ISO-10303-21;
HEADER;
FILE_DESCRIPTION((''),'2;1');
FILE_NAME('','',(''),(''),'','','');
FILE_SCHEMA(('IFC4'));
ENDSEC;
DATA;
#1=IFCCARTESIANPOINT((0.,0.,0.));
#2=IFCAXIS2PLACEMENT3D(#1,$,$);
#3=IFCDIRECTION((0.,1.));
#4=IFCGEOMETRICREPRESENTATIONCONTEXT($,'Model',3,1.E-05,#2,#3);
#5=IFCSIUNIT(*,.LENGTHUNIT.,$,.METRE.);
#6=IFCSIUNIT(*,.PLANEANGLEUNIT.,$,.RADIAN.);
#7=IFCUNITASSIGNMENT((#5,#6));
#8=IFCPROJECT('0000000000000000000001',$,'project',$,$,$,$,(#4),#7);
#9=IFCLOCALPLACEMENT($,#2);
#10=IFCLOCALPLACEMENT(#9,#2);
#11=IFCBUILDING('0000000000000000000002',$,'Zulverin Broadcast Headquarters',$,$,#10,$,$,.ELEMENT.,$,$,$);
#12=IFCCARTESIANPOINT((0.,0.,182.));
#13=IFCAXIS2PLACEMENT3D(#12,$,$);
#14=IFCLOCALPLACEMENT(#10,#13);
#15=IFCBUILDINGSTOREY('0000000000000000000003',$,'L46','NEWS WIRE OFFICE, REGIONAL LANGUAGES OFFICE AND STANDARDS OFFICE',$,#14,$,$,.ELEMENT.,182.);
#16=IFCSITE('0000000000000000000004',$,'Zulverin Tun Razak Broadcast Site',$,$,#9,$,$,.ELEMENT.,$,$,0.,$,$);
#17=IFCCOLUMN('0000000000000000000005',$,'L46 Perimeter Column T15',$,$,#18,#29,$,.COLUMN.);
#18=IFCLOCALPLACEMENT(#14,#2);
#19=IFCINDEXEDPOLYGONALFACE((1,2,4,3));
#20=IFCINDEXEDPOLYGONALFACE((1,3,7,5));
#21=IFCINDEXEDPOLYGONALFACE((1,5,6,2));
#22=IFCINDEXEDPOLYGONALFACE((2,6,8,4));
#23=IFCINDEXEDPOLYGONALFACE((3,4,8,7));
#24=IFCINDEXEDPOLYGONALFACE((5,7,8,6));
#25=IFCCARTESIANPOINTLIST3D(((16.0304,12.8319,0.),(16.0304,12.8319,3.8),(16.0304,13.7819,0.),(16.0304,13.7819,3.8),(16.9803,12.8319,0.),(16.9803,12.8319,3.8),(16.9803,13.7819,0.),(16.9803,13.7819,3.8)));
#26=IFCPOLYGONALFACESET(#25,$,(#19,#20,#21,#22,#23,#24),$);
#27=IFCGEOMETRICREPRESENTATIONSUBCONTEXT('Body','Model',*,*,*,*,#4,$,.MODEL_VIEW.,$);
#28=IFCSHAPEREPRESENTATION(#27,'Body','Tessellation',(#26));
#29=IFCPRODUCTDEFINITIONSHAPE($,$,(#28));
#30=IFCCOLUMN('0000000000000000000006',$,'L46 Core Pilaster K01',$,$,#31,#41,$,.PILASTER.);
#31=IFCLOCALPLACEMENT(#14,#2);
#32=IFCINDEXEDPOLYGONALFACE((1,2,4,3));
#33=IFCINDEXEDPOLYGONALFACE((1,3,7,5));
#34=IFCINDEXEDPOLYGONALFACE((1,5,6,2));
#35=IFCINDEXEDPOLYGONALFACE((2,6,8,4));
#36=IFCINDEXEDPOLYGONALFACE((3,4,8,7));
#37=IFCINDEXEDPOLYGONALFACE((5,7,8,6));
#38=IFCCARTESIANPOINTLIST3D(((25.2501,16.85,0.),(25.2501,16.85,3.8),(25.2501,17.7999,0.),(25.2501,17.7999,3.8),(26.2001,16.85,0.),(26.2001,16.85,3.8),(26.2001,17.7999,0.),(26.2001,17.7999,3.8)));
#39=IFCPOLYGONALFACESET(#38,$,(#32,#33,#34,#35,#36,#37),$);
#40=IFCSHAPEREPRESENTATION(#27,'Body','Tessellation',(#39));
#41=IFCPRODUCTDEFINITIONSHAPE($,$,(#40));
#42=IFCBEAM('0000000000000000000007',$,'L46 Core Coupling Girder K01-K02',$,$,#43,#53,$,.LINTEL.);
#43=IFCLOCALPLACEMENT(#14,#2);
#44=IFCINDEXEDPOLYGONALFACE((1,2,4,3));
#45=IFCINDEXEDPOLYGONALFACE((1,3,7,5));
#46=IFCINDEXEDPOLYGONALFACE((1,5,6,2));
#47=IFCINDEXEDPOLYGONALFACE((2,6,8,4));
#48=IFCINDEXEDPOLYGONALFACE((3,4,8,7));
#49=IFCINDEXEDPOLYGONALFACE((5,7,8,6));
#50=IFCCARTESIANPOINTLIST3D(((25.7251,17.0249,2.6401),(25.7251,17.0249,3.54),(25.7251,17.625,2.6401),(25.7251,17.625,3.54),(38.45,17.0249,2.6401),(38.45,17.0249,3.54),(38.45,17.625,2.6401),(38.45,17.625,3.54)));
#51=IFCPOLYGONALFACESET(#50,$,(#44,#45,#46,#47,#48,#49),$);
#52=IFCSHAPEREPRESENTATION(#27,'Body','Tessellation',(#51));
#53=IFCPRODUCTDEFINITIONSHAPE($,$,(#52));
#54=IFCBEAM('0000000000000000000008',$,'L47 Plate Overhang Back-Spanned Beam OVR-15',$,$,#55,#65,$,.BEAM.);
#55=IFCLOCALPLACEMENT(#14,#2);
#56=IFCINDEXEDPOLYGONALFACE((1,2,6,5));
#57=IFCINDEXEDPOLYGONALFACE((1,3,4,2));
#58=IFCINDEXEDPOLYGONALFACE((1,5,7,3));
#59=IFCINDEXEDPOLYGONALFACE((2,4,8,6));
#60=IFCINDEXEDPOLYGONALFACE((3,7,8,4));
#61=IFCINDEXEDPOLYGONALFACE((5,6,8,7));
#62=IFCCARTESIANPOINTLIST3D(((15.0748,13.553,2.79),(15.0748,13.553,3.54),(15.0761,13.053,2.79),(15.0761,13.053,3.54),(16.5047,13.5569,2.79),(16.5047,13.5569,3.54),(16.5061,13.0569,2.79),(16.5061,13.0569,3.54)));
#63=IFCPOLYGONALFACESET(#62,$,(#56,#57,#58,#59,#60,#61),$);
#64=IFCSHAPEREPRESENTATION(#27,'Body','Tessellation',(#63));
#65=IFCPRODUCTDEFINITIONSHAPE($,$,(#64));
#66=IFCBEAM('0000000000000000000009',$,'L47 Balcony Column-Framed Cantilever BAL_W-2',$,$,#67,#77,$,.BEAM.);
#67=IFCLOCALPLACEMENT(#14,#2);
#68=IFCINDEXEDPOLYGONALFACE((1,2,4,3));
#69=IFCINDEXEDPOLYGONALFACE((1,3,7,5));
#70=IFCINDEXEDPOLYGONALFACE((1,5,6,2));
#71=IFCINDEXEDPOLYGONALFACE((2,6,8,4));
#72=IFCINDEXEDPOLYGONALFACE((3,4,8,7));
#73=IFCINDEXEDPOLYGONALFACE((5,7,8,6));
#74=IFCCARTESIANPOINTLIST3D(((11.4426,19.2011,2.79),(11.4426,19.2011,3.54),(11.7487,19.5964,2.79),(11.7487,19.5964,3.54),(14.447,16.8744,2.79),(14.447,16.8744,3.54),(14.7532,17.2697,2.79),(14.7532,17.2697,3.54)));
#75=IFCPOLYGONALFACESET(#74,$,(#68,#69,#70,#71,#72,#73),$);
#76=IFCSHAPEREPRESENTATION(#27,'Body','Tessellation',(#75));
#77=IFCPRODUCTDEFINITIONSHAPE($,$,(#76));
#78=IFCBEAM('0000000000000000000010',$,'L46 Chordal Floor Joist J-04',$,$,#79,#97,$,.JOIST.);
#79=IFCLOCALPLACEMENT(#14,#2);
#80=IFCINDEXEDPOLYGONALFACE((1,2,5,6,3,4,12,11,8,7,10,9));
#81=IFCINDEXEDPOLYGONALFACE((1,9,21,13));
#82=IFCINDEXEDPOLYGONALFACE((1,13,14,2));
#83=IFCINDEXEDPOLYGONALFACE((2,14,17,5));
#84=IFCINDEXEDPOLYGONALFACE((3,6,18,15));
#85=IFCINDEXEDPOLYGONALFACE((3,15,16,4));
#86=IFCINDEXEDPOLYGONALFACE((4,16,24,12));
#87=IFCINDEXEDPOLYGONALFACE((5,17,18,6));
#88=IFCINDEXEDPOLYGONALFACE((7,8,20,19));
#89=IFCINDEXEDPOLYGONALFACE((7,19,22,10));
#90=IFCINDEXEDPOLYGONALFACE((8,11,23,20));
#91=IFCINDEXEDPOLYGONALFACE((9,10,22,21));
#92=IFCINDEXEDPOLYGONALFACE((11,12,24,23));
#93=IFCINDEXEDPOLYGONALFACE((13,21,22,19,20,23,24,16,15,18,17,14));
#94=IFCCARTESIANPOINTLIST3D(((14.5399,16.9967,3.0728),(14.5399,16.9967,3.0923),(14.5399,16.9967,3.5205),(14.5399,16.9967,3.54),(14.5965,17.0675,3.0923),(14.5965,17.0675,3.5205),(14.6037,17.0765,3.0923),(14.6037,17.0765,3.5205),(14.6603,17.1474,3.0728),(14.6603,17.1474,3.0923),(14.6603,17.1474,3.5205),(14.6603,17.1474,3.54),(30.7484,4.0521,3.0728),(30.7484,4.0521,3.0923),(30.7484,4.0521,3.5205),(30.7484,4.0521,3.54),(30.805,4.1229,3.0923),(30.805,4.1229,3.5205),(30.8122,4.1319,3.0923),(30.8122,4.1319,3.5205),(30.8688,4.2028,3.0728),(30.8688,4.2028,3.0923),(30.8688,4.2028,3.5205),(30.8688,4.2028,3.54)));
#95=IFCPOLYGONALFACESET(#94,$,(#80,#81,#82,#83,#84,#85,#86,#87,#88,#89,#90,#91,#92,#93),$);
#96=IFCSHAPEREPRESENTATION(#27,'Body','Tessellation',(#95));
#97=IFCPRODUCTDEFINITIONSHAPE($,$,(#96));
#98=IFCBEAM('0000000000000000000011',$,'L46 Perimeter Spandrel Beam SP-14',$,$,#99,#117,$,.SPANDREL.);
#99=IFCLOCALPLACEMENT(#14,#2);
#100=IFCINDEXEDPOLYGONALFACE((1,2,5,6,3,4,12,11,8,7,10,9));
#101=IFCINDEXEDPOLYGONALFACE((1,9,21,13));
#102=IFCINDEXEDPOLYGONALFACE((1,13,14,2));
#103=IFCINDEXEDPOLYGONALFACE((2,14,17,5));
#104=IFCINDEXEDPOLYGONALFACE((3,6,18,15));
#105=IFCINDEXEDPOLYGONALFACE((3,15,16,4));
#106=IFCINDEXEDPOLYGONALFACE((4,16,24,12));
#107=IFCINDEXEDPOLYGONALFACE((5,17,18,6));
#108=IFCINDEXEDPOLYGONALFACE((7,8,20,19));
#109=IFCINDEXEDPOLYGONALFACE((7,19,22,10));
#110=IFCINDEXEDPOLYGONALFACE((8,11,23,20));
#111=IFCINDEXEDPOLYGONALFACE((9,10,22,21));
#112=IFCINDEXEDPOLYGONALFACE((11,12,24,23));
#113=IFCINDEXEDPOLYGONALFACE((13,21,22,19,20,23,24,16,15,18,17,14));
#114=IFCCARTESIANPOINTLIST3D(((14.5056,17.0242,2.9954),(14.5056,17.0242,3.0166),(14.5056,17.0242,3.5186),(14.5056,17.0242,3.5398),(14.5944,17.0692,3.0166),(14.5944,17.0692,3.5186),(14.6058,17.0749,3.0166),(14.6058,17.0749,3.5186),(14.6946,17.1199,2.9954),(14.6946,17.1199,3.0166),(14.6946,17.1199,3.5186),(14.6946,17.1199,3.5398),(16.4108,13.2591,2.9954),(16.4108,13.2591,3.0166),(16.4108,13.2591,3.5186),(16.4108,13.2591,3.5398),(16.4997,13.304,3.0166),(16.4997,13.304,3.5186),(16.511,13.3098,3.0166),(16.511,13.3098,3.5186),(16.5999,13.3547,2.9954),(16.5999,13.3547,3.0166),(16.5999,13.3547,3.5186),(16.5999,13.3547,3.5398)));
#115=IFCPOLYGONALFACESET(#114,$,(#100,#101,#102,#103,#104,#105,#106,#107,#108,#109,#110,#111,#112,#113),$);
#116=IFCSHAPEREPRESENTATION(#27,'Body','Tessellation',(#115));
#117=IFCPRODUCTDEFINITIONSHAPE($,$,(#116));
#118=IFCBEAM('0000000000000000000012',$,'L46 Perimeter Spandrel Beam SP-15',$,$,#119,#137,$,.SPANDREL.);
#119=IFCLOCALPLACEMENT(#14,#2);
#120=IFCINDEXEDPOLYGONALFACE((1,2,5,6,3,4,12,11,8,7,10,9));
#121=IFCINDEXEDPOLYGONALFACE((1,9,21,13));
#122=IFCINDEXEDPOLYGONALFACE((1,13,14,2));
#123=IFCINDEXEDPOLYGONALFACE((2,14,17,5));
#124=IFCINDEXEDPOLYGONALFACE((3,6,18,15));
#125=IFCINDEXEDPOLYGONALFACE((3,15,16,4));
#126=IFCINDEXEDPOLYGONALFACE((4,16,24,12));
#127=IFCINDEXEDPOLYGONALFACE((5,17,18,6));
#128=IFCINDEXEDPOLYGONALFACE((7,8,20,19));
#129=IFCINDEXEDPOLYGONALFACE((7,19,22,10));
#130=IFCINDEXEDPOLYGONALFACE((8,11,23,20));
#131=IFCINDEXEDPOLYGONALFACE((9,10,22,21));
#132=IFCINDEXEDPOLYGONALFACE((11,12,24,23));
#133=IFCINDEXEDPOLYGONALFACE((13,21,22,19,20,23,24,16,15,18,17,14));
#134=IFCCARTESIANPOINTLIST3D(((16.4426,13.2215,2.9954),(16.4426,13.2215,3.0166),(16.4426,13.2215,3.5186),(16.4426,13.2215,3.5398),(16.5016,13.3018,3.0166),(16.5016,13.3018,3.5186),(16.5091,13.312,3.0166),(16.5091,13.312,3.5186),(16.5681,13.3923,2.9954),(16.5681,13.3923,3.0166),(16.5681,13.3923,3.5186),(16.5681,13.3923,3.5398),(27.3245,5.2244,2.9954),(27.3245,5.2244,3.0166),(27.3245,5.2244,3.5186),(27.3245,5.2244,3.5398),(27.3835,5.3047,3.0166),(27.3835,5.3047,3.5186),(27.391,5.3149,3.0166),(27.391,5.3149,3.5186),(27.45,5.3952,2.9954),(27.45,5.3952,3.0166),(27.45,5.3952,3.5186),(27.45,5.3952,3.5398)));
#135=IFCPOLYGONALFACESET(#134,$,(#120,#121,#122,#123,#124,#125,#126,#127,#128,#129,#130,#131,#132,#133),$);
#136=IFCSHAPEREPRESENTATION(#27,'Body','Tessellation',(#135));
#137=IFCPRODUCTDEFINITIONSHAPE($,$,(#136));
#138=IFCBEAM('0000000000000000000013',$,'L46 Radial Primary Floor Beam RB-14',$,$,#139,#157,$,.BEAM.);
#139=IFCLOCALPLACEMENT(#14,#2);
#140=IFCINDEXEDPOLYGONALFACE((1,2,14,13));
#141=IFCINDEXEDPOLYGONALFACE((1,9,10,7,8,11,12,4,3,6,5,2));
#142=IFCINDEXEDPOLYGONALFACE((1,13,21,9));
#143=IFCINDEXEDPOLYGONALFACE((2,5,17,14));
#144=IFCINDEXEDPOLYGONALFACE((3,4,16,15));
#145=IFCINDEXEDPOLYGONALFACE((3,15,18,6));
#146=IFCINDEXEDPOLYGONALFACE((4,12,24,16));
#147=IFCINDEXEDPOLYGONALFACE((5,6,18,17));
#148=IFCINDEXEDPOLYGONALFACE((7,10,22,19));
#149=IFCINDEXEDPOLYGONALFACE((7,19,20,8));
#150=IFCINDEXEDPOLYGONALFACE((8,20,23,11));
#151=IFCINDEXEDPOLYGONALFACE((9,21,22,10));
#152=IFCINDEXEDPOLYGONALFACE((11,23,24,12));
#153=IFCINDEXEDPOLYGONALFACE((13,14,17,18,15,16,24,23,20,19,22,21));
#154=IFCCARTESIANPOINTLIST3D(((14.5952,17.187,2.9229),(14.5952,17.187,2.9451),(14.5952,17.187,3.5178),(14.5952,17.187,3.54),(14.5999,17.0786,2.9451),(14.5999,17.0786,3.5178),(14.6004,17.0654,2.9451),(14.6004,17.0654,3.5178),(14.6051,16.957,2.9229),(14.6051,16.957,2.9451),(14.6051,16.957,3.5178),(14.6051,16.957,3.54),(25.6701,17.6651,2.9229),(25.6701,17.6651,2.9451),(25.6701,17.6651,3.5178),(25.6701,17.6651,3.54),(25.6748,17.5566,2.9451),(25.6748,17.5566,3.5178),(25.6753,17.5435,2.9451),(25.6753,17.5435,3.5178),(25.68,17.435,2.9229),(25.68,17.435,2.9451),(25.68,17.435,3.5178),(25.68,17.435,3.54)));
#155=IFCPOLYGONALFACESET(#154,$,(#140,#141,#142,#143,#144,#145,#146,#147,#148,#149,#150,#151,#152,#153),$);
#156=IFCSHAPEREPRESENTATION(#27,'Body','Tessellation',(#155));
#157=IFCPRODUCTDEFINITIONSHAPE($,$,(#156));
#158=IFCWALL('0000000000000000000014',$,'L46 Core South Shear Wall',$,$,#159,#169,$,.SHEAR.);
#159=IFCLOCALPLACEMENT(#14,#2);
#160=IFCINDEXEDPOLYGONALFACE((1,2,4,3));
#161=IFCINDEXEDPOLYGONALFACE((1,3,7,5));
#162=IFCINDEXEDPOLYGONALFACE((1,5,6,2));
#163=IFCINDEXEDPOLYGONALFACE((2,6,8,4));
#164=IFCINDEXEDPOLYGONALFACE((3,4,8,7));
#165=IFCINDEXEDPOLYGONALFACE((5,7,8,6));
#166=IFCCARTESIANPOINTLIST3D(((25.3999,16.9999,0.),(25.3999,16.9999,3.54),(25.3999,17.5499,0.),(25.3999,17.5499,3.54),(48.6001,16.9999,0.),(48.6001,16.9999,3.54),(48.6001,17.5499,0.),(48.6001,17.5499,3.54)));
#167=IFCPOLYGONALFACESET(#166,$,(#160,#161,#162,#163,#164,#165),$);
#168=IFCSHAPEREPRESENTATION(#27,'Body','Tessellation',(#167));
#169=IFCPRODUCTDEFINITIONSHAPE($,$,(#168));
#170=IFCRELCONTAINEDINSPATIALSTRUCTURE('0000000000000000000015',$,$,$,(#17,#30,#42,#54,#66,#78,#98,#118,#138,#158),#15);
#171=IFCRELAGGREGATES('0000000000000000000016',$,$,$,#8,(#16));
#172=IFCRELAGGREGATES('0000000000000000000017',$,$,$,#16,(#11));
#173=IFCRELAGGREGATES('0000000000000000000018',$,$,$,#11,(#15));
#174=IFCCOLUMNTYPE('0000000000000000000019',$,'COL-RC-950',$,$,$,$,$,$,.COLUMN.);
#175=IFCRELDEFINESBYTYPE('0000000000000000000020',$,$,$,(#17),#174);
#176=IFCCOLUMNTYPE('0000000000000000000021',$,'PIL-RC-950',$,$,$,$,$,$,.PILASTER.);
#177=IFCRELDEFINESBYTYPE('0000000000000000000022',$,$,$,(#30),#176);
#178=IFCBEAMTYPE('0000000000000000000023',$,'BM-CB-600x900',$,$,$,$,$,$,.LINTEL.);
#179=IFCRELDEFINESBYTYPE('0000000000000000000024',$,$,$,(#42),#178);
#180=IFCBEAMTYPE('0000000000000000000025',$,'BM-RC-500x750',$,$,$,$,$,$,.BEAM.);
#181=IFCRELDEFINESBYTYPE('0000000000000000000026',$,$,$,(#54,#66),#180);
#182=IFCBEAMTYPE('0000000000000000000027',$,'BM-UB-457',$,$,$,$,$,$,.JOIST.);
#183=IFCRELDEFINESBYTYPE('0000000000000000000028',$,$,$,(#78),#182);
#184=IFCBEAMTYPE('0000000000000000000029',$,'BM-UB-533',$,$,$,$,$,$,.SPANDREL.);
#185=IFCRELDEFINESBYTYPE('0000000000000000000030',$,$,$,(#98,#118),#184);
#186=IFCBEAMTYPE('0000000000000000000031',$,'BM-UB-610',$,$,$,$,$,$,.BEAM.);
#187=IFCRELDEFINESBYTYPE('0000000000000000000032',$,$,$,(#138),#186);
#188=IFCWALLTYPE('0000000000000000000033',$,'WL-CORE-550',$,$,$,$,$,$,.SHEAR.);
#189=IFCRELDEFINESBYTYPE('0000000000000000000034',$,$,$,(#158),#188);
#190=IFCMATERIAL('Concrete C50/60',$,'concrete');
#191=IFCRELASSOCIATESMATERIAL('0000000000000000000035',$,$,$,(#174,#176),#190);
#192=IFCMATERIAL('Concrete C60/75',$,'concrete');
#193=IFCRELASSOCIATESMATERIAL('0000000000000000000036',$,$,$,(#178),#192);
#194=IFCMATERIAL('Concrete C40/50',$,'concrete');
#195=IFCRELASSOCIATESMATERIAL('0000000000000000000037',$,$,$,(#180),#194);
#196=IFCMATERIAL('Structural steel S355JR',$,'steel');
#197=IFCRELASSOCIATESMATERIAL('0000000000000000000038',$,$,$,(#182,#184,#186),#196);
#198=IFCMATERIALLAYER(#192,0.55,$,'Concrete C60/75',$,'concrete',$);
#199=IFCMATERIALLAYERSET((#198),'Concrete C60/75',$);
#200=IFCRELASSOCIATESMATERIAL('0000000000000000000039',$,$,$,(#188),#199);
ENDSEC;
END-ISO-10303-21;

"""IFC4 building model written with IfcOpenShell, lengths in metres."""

from ifc_helpers import new_model, si_unit, direction, frame, frame_2d, origin, origin_2d, place, context, subcontext, project, spatial, rectangle, i_section, extrude, material, layer, layer_set, material_profile, profile_set, type_object, element, save


model = new_model("IFC4")

# Units and contexts
model_context = context("Model", 3, precision=1e-05, world=origin(), true_north=direction((0.0, 1.0)))
body_context = subcontext(model_context, "Body", "Model", "MODEL_VIEW")
ifc_project = project(units=[si_unit("LENGTHUNIT", "METRE"), si_unit("PLANEANGLEUNIT", "RADIAN")], contexts=[model_context])

# Site, building, storey
site_placement = place(None, origin())
site = spatial("IfcSite", under=ifc_project, at=site_placement, Name="Zulverin Tun Razak Broadcast Site", CompositionType="ELEMENT", RefElevation=0.0)
building_placement = place(site_placement, origin())
building = spatial("IfcBuilding", under=site, at=building_placement, Name="Zulverin Broadcast Headquarters", CompositionType="ELEMENT")
storey_placement = place(building_placement, frame((0.0, 0.0, 182.0)))
storey = spatial("IfcBuildingStorey", under=building, at=storey_placement, Name="L46", Description="NEWS WIRE OFFICE, REGIONAL LANGUAGES OFFICE AND STANDARDS OFFICE", CompositionType="ELEMENT", Elevation=182.0)

# Columns
ifc_material_1 = material(Name="Concrete C50/60", Category="concrete")
ifc_material_profile_1 = material_profile(ifc_material_1, rectangle(XDim=0.95, YDim=0.95, at=origin_2d()), Name="Concrete C50/60", Category="concrete")
ifc_profile_set_1 = profile_set([ifc_material_profile_1], Name="Concrete C50/60")
column_type_1 = type_object("IfcColumnType", Name="COL-RC-950", PredefinedType="COLUMN", material=ifc_profile_set_1)
column_1_placement = place(storey_placement, frame((16.5054, 13.3069, 0.0), z_axis=(0.0, 0.0, 1.0), x_axis=(1.0, 0.0, 0.0)))
element("IfcColumn", 1, at=column_1_placement, inside=storey, type_object=column_type_1, Name="L46 Perimeter Column T15", PredefinedType="COLUMN", context=body_context, shape_type="SweptSolid", body=[
    extrude(rectangle(XDim=0.95, YDim=0.95, at=origin_2d()), origin(), (0.0, 0.0, 1.0), 3.8),
])
ifc_material_profile_2 = material_profile(ifc_material_1, rectangle(XDim=0.95, YDim=0.95, at=origin_2d()), Name="Concrete C50/60", Category="concrete")
ifc_profile_set_2 = profile_set([ifc_material_profile_2], Name="Concrete C50/60")
column_type_2 = type_object("IfcColumnType", Name="PIL-RC-950", PredefinedType="PILASTER", material=ifc_profile_set_2)
column_2_placement = place(storey_placement, frame((25.7251, 17.325, 0.0), z_axis=(0.0, 0.0, 1.0), x_axis=(1.0, 0.0, 0.0)))
element("IfcColumn", 2, at=column_2_placement, inside=storey, type_object=column_type_2, Name="L46 Core Pilaster K01", PredefinedType="PILASTER", context=body_context, shape_type="SweptSolid", body=[
    extrude(rectangle(XDim=0.95, YDim=0.95, at=origin_2d()), origin(), (0.0, 0.0, 1.0), 3.8),
])

# Beams
ifc_material_2 = material(Name="Concrete C60/75", Category="concrete")
ifc_material_profile_3 = material_profile(ifc_material_2, rectangle(XDim=0.6001, YDim=0.8999, at=origin_2d()), Name="Concrete C60/75", Category="concrete")
ifc_profile_set_3 = profile_set([ifc_material_profile_3], Name="Concrete C60/75")
beam_type_1 = type_object("IfcBeamType", Name="BM-CB-600x900", PredefinedType="LINTEL", material=ifc_profile_set_3)
beam_1_placement = place(storey_placement, frame((25.7251, 17.325, 3.0901), z_axis=(1.0, 0.0, 0.0), x_axis=(0.0, 1.0, 0.0)))
element("IfcBeam", 3, at=beam_1_placement, inside=storey, type_object=beam_type_1, Name="L46 Core Coupling Girder K01-K02", PredefinedType="LINTEL", context=body_context, shape_type="SweptSolid", body=[
    extrude(rectangle(XDim=0.6001, YDim=0.8999, at=origin_2d()), origin(), (0.0, 0.0, 1.0), 12.7249),
])
ifc_material_3 = material(Name="Concrete C40/50", Category="concrete")
ifc_material_profile_4 = material_profile(ifc_material_3, rectangle(XDim=0.5, YDim=0.75, at=origin_2d()), Name="Concrete C40/50", Category="concrete")
ifc_profile_set_4 = profile_set([ifc_material_profile_4], Name="Concrete C40/50")
beam_type_2 = type_object("IfcBeamType", Name="BM-RC-500x750", PredefinedType="BEAM", material=ifc_profile_set_4)
beam_2_placement = place(storey_placement, frame((16.5054, 13.3069, 3.165), z_axis=(-0.999996, -0.002732, 0.0), x_axis=(0.002732, -0.999996, 0.0)))
element("IfcBeam", 4, at=beam_2_placement, inside=storey, type_object=beam_type_2, Name="L47 Plate Overhang Back-Spanned Beam OVR-15", PredefinedType="BEAM", context=body_context, shape_type="SweptSolid", body=[
    extrude(rectangle(XDim=0.5, YDim=0.75, at=origin_2d()), origin(), (0.0, 0.0, 1.0), 1.4299),
])
beam_3_placement = place(storey_placement, frame((14.6001, 17.072, 3.165), z_axis=(-0.790637, 0.612285, 0.0), x_axis=(-0.612285, -0.790637, 0.0)))
element("IfcBeam", 5, at=beam_3_placement, inside=storey, type_object=beam_type_2, Name="L47 Balcony Column-Framed Cantilever BAL_W-2", PredefinedType="BEAM", context=body_context, shape_type="SweptSolid", body=[
    extrude(rectangle(XDim=0.5, YDim=0.75, at=origin_2d()), origin(), (0.0, 0.0, 1.0), 3.8),
])
ifc_material_4 = material(Name="Structural steel S355JR", Category="steel")
ifc_material_profile_5 = material_profile(ifc_material_4, i_section(OverallWidth=0.1929, OverallDepth=0.4673, WebThickness=0.0115, FlangeThickness=0.0195, at=origin_2d()), Name="Structural steel S355JR", Category="steel")
ifc_profile_set_5 = profile_set([ifc_material_profile_5], Name="Structural steel S355JR")
beam_type_3 = type_object("IfcBeamType", Name="BM-UB-457", PredefinedType="JOIST", material=ifc_profile_set_5)
beam_4_placement = place(storey_placement, frame((14.6001, 17.072, 3.3064), z_axis=(0.781391, -0.624042, 0.0), x_axis=(0.624042, 0.781391, 0.0)))
element("IfcBeam", 6, at=beam_4_placement, inside=storey, type_object=beam_type_3, Name="L46 Chordal Floor Joist J-04", PredefinedType="JOIST", context=body_context, shape_type="SweptSolid", body=[
    extrude(i_section(OverallWidth=0.1929, OverallDepth=0.4673, WebThickness=0.0115, FlangeThickness=0.0195, at=origin_2d()), origin(), (0.0, 0.0, 1.0), 20.7432),
])
ifc_material_profile_6 = material_profile(ifc_material_4, i_section(OverallWidth=0.2119, OverallDepth=0.5444, WebThickness=0.0127, FlangeThickness=0.0212, at=origin_2d()), Name="Structural steel S355JR", Category="steel")
ifc_profile_set_6 = profile_set([ifc_material_profile_6], Name="Structural steel S355JR")
beam_type_4 = type_object("IfcBeamType", Name="BM-UB-533", PredefinedType="SPANDREL", material=ifc_profile_set_6)
beam_5_placement = place(storey_placement, frame((14.6001, 17.072, 3.2676), z_axis=(0.451513, -0.892265, 0.0), x_axis=(0.892265, 0.451513, 0.0)))
element("IfcBeam", 7, at=beam_5_placement, inside=storey, type_object=beam_type_4, Name="L46 Perimeter Spandrel Beam SP-14", PredefinedType="SPANDREL", context=body_context, shape_type="SweptSolid", body=[
    extrude(i_section(OverallWidth=0.2119, OverallDepth=0.5444, WebThickness=0.0127, FlangeThickness=0.0212, at=origin_2d()), origin(), (0.0, 0.0, 1.0), 4.2197),
])
beam_6_placement = place(storey_placement, frame((16.5054, 13.3069, 3.2676), z_axis=(0.805802, -0.592185, 0.0), x_axis=(0.592185, 0.805802, 0.0)))
element("IfcBeam", 8, at=beam_6_placement, inside=storey, type_object=beam_type_4, Name="L46 Perimeter Spandrel Beam SP-15", PredefinedType="SPANDREL", context=body_context, shape_type="SweptSolid", body=[
    extrude(i_section(OverallWidth=0.2119, OverallDepth=0.5444, WebThickness=0.0127, FlangeThickness=0.0212, at=origin_2d()), origin(), (0.0, 0.0, 1.0), 13.5044),
])
ifc_material_profile_7 = material_profile(ifc_material_4, i_section(OverallWidth=0.2302, OverallDepth=0.6172, WebThickness=0.0132, FlangeThickness=0.0222, at=origin_2d()), Name="Structural steel S355JR", Category="steel")
ifc_profile_set_7 = profile_set([ifc_material_profile_7], Name="Structural steel S355JR")
beam_type_5 = type_object("IfcBeamType", Name="BM-UB-610", PredefinedType="BEAM", material=ifc_profile_set_7)
beam_7_placement = place(storey_placement, frame((25.675, 17.55, 3.2314), z_axis=(-0.99907, -0.043123, 0.0), x_axis=(0.043123, -0.99907, 0.0)))
element("IfcBeam", 9, at=beam_7_placement, inside=storey, type_object=beam_type_5, Name="L46 Radial Primary Floor Beam RB-14", PredefinedType="BEAM", context=body_context, shape_type="SweptSolid", body=[
    extrude(i_section(OverallWidth=0.2302, OverallDepth=0.6172, WebThickness=0.0132, FlangeThickness=0.0222, at=origin_2d()), origin(), (0.0, 0.0, 1.0), 11.0852),
])

# Wall
ifc_layer_1 = layer(ifc_material_2, 0.55, Name="Concrete C60/75", Category="concrete")
ifc_layer_set_1 = layer_set([ifc_layer_1], Name="Concrete C60/75")
wall_type_1 = type_object("IfcWallType", Name="WL-CORE-550", PredefinedType="SHEAR", material=ifc_layer_set_1)
wall_1_placement = place(storey_placement, frame((25.3999, 17.2749, 0.0), z_axis=(0.0, 0.0, 1.0), x_axis=(1.0, 0.0, 0.0)))
element("IfcWall", 10, at=wall_1_placement, inside=storey, type_object=wall_type_1, Name="L46 Core South Shear Wall", PredefinedType="SHEAR", context=body_context, shape_type="SweptSolid", body=[
    extrude(rectangle(XDim=23.2002, YDim=0.55, at=frame_2d((11.6001, 0.0))), origin(), (0.0, 0.0, 1.0), 3.54),
])

save(model, "model.ifc")
